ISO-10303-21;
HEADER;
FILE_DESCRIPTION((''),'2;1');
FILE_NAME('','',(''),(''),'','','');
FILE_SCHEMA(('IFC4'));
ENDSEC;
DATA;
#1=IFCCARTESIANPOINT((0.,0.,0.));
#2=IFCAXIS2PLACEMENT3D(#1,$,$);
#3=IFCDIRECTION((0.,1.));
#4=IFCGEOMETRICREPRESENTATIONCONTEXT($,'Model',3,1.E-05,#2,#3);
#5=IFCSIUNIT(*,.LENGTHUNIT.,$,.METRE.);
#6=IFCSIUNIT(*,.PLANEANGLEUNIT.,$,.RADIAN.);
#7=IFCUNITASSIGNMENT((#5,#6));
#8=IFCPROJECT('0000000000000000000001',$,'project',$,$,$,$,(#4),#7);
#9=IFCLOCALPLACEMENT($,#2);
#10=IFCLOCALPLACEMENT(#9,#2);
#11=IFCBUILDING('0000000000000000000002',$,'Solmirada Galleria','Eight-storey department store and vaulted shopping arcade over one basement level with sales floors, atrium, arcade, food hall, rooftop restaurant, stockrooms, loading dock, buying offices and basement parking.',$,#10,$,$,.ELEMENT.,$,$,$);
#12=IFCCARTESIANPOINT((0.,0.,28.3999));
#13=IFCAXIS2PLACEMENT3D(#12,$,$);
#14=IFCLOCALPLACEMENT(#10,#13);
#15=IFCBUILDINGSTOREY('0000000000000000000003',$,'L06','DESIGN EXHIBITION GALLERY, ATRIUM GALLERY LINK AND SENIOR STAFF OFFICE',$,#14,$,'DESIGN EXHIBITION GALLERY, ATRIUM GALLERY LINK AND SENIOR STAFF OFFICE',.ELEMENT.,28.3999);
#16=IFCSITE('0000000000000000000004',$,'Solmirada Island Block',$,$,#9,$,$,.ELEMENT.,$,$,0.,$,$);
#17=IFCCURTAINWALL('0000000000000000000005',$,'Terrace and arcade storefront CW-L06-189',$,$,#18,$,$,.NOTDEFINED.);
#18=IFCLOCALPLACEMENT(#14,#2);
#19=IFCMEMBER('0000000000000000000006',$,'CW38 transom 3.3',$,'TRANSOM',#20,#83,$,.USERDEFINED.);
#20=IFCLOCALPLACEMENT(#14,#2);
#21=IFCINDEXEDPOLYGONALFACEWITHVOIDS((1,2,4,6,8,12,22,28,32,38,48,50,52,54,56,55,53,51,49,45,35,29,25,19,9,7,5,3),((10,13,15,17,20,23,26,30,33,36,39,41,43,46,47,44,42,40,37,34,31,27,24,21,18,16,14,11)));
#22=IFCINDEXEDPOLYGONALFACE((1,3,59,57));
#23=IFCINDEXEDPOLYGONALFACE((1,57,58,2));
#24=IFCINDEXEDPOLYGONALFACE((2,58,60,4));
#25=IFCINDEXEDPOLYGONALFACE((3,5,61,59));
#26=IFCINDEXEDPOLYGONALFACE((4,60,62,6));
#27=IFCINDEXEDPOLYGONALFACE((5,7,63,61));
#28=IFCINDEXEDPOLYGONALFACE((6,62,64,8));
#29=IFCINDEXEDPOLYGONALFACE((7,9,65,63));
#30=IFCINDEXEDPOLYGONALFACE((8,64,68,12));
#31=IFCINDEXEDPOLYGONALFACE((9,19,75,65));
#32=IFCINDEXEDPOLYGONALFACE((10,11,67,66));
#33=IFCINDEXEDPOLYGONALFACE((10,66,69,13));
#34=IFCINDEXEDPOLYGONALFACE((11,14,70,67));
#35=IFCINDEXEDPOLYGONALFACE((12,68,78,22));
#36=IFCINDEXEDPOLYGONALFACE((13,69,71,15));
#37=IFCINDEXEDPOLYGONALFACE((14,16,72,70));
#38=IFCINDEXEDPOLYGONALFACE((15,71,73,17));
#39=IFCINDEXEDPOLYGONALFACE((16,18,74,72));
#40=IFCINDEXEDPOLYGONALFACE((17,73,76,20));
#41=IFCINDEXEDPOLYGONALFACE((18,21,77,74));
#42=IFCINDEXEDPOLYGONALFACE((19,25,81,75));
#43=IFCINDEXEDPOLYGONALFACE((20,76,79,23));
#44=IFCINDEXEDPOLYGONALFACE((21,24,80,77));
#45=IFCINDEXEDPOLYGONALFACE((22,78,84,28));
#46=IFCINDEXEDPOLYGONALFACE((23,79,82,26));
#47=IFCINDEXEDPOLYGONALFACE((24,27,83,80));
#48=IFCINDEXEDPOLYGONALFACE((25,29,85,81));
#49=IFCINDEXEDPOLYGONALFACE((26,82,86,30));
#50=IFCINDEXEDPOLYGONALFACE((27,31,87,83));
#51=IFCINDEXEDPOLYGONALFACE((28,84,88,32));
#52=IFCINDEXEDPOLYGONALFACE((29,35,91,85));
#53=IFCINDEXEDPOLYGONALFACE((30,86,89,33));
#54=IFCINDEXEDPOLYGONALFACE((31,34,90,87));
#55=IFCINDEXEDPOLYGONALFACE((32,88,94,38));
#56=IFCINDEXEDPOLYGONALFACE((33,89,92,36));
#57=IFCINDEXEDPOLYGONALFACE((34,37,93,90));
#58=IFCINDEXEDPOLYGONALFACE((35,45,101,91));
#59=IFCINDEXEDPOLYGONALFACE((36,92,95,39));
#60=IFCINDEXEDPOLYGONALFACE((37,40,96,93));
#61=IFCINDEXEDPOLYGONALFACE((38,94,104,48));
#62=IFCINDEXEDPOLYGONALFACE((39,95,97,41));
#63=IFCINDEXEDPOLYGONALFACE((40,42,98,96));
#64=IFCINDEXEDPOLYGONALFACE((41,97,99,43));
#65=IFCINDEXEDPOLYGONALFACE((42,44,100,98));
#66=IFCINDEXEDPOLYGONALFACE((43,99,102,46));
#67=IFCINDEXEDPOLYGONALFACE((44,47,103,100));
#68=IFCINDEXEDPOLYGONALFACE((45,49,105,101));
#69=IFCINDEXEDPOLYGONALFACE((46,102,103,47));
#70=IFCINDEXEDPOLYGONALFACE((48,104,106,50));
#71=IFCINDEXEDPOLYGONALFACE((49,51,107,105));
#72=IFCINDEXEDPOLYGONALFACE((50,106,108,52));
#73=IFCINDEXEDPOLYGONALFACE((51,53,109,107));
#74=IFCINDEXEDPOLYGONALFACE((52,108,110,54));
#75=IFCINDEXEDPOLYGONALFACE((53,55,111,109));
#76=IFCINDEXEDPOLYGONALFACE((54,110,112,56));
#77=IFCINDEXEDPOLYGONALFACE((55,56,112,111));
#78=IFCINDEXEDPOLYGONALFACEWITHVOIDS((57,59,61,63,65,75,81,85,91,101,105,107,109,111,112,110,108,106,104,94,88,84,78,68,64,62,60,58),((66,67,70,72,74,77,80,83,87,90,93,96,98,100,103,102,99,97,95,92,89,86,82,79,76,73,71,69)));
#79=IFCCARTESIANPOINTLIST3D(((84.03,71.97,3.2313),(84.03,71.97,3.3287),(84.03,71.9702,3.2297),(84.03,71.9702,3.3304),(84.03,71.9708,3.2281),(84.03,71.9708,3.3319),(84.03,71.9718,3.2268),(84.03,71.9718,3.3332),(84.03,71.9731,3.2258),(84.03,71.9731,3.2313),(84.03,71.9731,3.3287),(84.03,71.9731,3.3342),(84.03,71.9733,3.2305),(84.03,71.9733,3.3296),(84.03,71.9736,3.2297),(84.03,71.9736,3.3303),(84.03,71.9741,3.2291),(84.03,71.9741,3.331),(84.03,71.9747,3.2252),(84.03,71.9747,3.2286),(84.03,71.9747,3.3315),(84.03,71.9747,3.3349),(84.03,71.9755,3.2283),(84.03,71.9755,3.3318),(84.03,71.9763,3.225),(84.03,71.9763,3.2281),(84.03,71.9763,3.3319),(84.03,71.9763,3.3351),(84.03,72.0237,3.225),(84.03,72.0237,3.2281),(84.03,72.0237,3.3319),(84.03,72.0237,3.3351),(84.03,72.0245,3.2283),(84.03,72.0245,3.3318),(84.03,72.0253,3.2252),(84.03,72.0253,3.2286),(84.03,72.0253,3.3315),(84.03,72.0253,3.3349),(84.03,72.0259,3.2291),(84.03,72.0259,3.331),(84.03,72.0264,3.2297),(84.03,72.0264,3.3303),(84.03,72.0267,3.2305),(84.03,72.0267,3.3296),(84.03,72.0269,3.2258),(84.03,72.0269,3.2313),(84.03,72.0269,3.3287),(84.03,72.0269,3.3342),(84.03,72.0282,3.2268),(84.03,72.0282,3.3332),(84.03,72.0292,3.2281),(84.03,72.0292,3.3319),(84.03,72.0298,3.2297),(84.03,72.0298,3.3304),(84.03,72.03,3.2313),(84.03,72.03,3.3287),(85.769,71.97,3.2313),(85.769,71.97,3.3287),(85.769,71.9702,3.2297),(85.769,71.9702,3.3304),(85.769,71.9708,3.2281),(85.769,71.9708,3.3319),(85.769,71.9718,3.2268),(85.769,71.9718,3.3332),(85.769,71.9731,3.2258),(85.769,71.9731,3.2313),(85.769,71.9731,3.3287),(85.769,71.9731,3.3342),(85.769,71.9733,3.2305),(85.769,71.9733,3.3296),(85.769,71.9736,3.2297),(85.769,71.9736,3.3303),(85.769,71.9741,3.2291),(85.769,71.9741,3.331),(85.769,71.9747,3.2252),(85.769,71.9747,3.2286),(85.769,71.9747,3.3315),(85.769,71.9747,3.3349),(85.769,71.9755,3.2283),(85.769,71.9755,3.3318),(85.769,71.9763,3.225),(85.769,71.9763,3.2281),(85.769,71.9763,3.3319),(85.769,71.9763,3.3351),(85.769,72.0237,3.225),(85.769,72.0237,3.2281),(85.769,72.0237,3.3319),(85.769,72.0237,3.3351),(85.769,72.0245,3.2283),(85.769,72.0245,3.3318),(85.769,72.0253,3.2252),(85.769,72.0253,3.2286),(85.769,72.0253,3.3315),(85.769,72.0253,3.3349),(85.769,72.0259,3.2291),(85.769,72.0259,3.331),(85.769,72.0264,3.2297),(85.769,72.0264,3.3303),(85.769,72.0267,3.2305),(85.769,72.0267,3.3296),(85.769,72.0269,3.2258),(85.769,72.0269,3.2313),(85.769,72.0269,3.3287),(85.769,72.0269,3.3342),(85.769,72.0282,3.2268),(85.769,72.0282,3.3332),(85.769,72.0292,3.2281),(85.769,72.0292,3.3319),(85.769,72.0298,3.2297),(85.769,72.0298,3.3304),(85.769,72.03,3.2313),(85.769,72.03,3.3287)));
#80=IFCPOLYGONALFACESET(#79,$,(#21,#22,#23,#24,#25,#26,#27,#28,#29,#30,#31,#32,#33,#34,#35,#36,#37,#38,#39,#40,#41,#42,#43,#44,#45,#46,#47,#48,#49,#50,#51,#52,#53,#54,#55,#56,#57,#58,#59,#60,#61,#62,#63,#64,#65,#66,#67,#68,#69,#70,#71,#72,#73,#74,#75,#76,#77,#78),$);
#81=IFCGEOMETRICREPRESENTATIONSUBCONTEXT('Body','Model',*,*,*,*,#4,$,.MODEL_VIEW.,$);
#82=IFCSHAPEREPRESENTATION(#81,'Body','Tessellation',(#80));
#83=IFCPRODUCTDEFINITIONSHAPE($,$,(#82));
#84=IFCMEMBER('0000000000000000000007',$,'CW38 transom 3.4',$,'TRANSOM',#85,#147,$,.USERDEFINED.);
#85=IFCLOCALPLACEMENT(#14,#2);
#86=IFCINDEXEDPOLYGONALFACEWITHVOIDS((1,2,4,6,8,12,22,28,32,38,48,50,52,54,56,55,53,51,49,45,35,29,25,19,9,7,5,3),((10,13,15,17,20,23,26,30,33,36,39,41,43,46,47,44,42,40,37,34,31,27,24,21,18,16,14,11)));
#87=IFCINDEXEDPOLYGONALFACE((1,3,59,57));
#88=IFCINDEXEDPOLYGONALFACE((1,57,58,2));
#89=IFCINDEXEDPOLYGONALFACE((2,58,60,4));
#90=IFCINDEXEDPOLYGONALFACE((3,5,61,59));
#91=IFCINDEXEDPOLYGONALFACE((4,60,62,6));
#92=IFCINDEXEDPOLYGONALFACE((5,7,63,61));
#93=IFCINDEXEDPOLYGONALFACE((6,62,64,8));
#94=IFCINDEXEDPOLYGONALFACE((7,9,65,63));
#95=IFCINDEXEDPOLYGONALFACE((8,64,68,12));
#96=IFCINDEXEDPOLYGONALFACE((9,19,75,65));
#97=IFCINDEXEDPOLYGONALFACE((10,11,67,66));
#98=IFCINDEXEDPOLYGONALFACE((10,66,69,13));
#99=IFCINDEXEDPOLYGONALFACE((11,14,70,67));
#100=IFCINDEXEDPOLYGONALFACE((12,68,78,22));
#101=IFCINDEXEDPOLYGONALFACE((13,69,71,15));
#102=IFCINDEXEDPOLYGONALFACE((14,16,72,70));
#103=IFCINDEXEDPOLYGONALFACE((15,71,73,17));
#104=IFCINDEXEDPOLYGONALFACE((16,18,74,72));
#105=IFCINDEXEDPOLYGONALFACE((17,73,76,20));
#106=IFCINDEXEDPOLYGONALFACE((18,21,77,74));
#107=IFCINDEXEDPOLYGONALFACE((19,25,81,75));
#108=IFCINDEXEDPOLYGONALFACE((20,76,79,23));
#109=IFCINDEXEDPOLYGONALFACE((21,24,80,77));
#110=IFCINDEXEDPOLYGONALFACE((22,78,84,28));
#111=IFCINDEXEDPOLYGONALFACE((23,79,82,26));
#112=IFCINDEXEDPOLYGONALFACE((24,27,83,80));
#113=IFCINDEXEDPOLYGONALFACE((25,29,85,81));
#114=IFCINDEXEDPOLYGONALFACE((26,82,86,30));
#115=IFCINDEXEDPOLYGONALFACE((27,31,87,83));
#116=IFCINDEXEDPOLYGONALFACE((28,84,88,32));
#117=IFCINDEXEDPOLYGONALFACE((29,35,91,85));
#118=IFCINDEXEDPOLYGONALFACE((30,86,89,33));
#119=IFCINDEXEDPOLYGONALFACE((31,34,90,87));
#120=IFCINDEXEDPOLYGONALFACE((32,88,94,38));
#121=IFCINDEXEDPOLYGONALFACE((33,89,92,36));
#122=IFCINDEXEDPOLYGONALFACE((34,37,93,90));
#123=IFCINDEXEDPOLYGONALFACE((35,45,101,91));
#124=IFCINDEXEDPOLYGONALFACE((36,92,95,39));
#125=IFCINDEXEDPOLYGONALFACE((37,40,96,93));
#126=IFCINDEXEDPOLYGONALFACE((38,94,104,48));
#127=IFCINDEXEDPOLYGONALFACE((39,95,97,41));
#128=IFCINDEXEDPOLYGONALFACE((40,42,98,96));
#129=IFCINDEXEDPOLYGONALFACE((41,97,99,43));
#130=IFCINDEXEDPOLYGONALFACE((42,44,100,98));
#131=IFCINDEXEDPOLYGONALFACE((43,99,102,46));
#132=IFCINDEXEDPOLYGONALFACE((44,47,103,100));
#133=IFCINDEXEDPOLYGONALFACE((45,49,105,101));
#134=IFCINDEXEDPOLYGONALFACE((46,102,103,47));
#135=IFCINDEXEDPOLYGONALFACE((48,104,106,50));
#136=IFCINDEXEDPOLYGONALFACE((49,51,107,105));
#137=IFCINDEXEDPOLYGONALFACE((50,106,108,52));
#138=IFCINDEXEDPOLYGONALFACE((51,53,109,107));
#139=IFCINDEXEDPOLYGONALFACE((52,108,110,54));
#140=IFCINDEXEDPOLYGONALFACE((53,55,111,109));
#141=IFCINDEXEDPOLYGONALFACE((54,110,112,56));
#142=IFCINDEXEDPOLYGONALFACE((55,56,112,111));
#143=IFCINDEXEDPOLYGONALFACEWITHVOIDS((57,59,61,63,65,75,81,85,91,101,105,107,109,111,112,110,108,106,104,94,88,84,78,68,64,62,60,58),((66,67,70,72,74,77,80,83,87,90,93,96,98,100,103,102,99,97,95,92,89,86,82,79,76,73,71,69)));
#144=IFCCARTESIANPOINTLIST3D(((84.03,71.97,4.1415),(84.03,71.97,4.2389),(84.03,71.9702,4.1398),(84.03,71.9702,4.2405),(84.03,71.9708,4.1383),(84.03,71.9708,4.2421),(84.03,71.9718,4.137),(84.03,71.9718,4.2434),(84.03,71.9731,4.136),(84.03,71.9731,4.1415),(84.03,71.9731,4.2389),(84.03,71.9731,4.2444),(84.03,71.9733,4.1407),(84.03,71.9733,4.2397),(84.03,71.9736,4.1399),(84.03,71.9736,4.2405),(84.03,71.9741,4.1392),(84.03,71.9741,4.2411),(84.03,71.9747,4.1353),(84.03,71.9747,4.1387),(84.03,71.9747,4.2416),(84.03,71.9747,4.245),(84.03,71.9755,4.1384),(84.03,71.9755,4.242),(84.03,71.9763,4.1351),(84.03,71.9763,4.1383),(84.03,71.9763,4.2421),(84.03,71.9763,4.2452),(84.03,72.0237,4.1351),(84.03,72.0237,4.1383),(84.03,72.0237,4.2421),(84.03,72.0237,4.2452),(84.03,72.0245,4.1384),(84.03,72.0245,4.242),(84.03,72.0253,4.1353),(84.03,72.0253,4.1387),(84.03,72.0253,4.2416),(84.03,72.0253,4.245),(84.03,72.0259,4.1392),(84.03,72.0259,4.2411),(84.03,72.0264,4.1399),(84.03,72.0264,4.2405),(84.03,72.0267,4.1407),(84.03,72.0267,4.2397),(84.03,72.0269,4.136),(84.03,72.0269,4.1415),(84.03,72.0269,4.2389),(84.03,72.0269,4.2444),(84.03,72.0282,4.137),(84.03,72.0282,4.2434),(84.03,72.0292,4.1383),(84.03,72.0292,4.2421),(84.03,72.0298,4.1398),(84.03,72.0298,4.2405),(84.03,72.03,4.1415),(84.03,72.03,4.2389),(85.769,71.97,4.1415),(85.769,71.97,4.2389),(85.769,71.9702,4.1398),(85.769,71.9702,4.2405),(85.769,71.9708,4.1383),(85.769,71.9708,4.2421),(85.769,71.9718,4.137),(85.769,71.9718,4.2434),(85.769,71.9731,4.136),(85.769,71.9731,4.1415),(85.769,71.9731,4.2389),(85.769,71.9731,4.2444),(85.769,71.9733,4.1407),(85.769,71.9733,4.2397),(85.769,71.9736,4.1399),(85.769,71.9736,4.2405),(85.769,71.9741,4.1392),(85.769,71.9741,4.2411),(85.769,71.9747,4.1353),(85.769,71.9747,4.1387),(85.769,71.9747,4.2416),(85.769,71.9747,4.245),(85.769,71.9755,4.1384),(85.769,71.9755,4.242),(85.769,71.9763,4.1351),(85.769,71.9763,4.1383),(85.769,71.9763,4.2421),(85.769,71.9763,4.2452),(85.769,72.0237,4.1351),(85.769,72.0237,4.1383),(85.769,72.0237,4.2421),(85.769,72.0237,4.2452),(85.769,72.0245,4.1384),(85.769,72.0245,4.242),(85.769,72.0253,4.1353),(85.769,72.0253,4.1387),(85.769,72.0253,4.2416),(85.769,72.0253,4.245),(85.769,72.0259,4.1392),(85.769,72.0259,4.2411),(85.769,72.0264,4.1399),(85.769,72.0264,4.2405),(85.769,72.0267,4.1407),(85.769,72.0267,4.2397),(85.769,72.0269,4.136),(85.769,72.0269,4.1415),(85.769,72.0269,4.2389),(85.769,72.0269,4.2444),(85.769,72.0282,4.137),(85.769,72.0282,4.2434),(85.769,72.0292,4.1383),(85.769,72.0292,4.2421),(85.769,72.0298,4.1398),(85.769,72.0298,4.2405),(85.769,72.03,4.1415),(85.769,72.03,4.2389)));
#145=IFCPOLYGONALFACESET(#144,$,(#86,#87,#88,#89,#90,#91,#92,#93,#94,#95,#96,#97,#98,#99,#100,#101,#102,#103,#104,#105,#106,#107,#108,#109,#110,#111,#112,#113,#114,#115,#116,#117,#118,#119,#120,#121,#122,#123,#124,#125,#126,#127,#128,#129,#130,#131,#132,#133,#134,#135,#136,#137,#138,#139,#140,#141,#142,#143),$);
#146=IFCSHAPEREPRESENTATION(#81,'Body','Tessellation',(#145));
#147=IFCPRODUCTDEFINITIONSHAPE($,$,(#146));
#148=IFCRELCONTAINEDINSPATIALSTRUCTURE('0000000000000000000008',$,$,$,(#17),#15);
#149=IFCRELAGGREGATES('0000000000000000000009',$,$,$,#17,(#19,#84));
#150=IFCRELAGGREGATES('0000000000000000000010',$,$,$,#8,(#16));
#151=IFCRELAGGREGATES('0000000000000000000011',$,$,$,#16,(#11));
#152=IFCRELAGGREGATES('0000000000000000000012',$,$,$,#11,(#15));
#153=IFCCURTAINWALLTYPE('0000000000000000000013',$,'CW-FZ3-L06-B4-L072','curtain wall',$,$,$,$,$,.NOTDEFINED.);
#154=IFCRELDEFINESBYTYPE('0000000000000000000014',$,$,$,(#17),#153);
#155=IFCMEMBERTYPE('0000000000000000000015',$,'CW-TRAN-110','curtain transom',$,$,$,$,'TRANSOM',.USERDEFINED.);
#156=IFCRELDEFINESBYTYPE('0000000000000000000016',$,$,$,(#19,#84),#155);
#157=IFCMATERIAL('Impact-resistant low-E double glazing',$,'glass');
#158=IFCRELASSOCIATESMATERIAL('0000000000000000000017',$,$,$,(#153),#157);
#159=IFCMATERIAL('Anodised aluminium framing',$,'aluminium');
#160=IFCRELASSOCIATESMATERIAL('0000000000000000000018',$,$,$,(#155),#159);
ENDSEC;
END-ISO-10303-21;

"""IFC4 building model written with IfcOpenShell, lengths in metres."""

from ifc_helpers import new_model, si_unit, direction, frame, origin, origin_2d, place, context, subcontext, project, spatial, hollow_rectangle, extrude, material, material_profile, profile_set, type_object, element, aggregate, save


model = new_model("IFC4")

# Units and contexts
model_context = context("Model", 3, precision=1e-05, world=origin(), true_north=direction((0.0, 1.0)))
body_context = subcontext(model_context, "Body", "Model", "MODEL_VIEW")
ifc_project = project(units=[si_unit("LENGTHUNIT", "METRE"), si_unit("PLANEANGLEUNIT", "RADIAN")], contexts=[model_context])

# Site, building, storey
site_placement = place(None, origin())
site = spatial("IfcSite", under=ifc_project, at=site_placement, Name="Solmirada Island Block", CompositionType="ELEMENT", RefElevation=0.0)
building_placement = place(site_placement, origin())
building = spatial("IfcBuilding", under=site, at=building_placement, Name="Solmirada Galleria", Description="Eight-storey department store and vaulted shopping arcade over one basement level with sales floors, atrium, arcade, food hall, rooftop restaurant, stockrooms, loading dock, buying offices and basement parking.", CompositionType="ELEMENT")
storey_placement = place(building_placement, frame((0.0, 0.0, 28.3999)))
storey = spatial("IfcBuildingStorey", under=building, at=storey_placement, Name="L06", Description="DESIGN EXHIBITION GALLERY, ATRIUM GALLERY LINK AND SENIOR STAFF OFFICE", LongName="DESIGN EXHIBITION GALLERY, ATRIUM GALLERY LINK AND SENIOR STAFF OFFICE", CompositionType="ELEMENT", Elevation=28.3999)

# Curtain wall, members
ifc_material_1 = material(Name="Impact-resistant low-E double glazing", Category="glass")
curtain_wall_type = type_object("IfcCurtainWallType", Name="CW-FZ3-L06-B4-L072", Description="curtain wall", PredefinedType="NOTDEFINED", material=ifc_material_1)
curtain_wall_placement = place(storey_placement, origin())
curtain_wall = element("IfcCurtainWall", 1, at=curtain_wall_placement, inside=storey, type_object=curtain_wall_type, Name="Terrace and arcade storefront CW-L06-189", PredefinedType="NOTDEFINED")
ifc_material_2 = material(Name="Anodised aluminium framing", Category="aluminium")
ifc_material_profile_1 = material_profile(ifc_material_2, hollow_rectangle(XDim=0.0601, YDim=0.1101, WallThickness=0.0032, InnerFilletRadius=0.0032, OuterFilletRadius=0.0063, at=origin_2d()), Name="ALU-TRAN-110X60")
ifc_profile_set_1 = profile_set([ifc_material_profile_1], Name="Anodised aluminium framing")
member_type_1 = type_object("IfcMemberType", Name="CW-TRAN-110", Description="curtain transom", ElementType="TRANSOM", PredefinedType="USERDEFINED", material=ifc_profile_set_1)
member_1_placement = place(storey_placement, frame((84.03, 72.0, 3.28), z_axis=(1.0, 0.0, 0.0), x_axis=(0.0, 1.0, 0.0)))
member_1 = element("IfcMember", 2, at=member_1_placement, type_object=member_type_1, Name="CW38 transom 3.3", ObjectType="TRANSOM", PredefinedType="USERDEFINED", context=body_context, shape_type="SweptSolid", body=[
    extrude(hollow_rectangle(XDim=0.0601, YDim=0.1101, WallThickness=0.0032, InnerFilletRadius=0.0032, OuterFilletRadius=0.0063, at=origin_2d()), origin(), (0.0, 0.0, 1.0), 1.739),
])
member_2_placement = place(storey_placement, frame((84.03, 72.0, 4.1902), z_axis=(1.0, 0.0, 0.0), x_axis=(0.0, 1.0, 0.0)))
member_2 = element("IfcMember", 3, at=member_2_placement, type_object=member_type_1, Name="CW38 transom 3.4", ObjectType="TRANSOM", PredefinedType="USERDEFINED", context=body_context, shape_type="SweptSolid", body=[
    extrude(hollow_rectangle(XDim=0.0601, YDim=0.1101, WallThickness=0.0032, InnerFilletRadius=0.0032, OuterFilletRadius=0.0063, at=origin_2d()), origin(), (0.0, 0.0, 1.0), 1.739),
])
aggregate(curtain_wall, [member_1, member_2])

save(model, "model.ifc")
